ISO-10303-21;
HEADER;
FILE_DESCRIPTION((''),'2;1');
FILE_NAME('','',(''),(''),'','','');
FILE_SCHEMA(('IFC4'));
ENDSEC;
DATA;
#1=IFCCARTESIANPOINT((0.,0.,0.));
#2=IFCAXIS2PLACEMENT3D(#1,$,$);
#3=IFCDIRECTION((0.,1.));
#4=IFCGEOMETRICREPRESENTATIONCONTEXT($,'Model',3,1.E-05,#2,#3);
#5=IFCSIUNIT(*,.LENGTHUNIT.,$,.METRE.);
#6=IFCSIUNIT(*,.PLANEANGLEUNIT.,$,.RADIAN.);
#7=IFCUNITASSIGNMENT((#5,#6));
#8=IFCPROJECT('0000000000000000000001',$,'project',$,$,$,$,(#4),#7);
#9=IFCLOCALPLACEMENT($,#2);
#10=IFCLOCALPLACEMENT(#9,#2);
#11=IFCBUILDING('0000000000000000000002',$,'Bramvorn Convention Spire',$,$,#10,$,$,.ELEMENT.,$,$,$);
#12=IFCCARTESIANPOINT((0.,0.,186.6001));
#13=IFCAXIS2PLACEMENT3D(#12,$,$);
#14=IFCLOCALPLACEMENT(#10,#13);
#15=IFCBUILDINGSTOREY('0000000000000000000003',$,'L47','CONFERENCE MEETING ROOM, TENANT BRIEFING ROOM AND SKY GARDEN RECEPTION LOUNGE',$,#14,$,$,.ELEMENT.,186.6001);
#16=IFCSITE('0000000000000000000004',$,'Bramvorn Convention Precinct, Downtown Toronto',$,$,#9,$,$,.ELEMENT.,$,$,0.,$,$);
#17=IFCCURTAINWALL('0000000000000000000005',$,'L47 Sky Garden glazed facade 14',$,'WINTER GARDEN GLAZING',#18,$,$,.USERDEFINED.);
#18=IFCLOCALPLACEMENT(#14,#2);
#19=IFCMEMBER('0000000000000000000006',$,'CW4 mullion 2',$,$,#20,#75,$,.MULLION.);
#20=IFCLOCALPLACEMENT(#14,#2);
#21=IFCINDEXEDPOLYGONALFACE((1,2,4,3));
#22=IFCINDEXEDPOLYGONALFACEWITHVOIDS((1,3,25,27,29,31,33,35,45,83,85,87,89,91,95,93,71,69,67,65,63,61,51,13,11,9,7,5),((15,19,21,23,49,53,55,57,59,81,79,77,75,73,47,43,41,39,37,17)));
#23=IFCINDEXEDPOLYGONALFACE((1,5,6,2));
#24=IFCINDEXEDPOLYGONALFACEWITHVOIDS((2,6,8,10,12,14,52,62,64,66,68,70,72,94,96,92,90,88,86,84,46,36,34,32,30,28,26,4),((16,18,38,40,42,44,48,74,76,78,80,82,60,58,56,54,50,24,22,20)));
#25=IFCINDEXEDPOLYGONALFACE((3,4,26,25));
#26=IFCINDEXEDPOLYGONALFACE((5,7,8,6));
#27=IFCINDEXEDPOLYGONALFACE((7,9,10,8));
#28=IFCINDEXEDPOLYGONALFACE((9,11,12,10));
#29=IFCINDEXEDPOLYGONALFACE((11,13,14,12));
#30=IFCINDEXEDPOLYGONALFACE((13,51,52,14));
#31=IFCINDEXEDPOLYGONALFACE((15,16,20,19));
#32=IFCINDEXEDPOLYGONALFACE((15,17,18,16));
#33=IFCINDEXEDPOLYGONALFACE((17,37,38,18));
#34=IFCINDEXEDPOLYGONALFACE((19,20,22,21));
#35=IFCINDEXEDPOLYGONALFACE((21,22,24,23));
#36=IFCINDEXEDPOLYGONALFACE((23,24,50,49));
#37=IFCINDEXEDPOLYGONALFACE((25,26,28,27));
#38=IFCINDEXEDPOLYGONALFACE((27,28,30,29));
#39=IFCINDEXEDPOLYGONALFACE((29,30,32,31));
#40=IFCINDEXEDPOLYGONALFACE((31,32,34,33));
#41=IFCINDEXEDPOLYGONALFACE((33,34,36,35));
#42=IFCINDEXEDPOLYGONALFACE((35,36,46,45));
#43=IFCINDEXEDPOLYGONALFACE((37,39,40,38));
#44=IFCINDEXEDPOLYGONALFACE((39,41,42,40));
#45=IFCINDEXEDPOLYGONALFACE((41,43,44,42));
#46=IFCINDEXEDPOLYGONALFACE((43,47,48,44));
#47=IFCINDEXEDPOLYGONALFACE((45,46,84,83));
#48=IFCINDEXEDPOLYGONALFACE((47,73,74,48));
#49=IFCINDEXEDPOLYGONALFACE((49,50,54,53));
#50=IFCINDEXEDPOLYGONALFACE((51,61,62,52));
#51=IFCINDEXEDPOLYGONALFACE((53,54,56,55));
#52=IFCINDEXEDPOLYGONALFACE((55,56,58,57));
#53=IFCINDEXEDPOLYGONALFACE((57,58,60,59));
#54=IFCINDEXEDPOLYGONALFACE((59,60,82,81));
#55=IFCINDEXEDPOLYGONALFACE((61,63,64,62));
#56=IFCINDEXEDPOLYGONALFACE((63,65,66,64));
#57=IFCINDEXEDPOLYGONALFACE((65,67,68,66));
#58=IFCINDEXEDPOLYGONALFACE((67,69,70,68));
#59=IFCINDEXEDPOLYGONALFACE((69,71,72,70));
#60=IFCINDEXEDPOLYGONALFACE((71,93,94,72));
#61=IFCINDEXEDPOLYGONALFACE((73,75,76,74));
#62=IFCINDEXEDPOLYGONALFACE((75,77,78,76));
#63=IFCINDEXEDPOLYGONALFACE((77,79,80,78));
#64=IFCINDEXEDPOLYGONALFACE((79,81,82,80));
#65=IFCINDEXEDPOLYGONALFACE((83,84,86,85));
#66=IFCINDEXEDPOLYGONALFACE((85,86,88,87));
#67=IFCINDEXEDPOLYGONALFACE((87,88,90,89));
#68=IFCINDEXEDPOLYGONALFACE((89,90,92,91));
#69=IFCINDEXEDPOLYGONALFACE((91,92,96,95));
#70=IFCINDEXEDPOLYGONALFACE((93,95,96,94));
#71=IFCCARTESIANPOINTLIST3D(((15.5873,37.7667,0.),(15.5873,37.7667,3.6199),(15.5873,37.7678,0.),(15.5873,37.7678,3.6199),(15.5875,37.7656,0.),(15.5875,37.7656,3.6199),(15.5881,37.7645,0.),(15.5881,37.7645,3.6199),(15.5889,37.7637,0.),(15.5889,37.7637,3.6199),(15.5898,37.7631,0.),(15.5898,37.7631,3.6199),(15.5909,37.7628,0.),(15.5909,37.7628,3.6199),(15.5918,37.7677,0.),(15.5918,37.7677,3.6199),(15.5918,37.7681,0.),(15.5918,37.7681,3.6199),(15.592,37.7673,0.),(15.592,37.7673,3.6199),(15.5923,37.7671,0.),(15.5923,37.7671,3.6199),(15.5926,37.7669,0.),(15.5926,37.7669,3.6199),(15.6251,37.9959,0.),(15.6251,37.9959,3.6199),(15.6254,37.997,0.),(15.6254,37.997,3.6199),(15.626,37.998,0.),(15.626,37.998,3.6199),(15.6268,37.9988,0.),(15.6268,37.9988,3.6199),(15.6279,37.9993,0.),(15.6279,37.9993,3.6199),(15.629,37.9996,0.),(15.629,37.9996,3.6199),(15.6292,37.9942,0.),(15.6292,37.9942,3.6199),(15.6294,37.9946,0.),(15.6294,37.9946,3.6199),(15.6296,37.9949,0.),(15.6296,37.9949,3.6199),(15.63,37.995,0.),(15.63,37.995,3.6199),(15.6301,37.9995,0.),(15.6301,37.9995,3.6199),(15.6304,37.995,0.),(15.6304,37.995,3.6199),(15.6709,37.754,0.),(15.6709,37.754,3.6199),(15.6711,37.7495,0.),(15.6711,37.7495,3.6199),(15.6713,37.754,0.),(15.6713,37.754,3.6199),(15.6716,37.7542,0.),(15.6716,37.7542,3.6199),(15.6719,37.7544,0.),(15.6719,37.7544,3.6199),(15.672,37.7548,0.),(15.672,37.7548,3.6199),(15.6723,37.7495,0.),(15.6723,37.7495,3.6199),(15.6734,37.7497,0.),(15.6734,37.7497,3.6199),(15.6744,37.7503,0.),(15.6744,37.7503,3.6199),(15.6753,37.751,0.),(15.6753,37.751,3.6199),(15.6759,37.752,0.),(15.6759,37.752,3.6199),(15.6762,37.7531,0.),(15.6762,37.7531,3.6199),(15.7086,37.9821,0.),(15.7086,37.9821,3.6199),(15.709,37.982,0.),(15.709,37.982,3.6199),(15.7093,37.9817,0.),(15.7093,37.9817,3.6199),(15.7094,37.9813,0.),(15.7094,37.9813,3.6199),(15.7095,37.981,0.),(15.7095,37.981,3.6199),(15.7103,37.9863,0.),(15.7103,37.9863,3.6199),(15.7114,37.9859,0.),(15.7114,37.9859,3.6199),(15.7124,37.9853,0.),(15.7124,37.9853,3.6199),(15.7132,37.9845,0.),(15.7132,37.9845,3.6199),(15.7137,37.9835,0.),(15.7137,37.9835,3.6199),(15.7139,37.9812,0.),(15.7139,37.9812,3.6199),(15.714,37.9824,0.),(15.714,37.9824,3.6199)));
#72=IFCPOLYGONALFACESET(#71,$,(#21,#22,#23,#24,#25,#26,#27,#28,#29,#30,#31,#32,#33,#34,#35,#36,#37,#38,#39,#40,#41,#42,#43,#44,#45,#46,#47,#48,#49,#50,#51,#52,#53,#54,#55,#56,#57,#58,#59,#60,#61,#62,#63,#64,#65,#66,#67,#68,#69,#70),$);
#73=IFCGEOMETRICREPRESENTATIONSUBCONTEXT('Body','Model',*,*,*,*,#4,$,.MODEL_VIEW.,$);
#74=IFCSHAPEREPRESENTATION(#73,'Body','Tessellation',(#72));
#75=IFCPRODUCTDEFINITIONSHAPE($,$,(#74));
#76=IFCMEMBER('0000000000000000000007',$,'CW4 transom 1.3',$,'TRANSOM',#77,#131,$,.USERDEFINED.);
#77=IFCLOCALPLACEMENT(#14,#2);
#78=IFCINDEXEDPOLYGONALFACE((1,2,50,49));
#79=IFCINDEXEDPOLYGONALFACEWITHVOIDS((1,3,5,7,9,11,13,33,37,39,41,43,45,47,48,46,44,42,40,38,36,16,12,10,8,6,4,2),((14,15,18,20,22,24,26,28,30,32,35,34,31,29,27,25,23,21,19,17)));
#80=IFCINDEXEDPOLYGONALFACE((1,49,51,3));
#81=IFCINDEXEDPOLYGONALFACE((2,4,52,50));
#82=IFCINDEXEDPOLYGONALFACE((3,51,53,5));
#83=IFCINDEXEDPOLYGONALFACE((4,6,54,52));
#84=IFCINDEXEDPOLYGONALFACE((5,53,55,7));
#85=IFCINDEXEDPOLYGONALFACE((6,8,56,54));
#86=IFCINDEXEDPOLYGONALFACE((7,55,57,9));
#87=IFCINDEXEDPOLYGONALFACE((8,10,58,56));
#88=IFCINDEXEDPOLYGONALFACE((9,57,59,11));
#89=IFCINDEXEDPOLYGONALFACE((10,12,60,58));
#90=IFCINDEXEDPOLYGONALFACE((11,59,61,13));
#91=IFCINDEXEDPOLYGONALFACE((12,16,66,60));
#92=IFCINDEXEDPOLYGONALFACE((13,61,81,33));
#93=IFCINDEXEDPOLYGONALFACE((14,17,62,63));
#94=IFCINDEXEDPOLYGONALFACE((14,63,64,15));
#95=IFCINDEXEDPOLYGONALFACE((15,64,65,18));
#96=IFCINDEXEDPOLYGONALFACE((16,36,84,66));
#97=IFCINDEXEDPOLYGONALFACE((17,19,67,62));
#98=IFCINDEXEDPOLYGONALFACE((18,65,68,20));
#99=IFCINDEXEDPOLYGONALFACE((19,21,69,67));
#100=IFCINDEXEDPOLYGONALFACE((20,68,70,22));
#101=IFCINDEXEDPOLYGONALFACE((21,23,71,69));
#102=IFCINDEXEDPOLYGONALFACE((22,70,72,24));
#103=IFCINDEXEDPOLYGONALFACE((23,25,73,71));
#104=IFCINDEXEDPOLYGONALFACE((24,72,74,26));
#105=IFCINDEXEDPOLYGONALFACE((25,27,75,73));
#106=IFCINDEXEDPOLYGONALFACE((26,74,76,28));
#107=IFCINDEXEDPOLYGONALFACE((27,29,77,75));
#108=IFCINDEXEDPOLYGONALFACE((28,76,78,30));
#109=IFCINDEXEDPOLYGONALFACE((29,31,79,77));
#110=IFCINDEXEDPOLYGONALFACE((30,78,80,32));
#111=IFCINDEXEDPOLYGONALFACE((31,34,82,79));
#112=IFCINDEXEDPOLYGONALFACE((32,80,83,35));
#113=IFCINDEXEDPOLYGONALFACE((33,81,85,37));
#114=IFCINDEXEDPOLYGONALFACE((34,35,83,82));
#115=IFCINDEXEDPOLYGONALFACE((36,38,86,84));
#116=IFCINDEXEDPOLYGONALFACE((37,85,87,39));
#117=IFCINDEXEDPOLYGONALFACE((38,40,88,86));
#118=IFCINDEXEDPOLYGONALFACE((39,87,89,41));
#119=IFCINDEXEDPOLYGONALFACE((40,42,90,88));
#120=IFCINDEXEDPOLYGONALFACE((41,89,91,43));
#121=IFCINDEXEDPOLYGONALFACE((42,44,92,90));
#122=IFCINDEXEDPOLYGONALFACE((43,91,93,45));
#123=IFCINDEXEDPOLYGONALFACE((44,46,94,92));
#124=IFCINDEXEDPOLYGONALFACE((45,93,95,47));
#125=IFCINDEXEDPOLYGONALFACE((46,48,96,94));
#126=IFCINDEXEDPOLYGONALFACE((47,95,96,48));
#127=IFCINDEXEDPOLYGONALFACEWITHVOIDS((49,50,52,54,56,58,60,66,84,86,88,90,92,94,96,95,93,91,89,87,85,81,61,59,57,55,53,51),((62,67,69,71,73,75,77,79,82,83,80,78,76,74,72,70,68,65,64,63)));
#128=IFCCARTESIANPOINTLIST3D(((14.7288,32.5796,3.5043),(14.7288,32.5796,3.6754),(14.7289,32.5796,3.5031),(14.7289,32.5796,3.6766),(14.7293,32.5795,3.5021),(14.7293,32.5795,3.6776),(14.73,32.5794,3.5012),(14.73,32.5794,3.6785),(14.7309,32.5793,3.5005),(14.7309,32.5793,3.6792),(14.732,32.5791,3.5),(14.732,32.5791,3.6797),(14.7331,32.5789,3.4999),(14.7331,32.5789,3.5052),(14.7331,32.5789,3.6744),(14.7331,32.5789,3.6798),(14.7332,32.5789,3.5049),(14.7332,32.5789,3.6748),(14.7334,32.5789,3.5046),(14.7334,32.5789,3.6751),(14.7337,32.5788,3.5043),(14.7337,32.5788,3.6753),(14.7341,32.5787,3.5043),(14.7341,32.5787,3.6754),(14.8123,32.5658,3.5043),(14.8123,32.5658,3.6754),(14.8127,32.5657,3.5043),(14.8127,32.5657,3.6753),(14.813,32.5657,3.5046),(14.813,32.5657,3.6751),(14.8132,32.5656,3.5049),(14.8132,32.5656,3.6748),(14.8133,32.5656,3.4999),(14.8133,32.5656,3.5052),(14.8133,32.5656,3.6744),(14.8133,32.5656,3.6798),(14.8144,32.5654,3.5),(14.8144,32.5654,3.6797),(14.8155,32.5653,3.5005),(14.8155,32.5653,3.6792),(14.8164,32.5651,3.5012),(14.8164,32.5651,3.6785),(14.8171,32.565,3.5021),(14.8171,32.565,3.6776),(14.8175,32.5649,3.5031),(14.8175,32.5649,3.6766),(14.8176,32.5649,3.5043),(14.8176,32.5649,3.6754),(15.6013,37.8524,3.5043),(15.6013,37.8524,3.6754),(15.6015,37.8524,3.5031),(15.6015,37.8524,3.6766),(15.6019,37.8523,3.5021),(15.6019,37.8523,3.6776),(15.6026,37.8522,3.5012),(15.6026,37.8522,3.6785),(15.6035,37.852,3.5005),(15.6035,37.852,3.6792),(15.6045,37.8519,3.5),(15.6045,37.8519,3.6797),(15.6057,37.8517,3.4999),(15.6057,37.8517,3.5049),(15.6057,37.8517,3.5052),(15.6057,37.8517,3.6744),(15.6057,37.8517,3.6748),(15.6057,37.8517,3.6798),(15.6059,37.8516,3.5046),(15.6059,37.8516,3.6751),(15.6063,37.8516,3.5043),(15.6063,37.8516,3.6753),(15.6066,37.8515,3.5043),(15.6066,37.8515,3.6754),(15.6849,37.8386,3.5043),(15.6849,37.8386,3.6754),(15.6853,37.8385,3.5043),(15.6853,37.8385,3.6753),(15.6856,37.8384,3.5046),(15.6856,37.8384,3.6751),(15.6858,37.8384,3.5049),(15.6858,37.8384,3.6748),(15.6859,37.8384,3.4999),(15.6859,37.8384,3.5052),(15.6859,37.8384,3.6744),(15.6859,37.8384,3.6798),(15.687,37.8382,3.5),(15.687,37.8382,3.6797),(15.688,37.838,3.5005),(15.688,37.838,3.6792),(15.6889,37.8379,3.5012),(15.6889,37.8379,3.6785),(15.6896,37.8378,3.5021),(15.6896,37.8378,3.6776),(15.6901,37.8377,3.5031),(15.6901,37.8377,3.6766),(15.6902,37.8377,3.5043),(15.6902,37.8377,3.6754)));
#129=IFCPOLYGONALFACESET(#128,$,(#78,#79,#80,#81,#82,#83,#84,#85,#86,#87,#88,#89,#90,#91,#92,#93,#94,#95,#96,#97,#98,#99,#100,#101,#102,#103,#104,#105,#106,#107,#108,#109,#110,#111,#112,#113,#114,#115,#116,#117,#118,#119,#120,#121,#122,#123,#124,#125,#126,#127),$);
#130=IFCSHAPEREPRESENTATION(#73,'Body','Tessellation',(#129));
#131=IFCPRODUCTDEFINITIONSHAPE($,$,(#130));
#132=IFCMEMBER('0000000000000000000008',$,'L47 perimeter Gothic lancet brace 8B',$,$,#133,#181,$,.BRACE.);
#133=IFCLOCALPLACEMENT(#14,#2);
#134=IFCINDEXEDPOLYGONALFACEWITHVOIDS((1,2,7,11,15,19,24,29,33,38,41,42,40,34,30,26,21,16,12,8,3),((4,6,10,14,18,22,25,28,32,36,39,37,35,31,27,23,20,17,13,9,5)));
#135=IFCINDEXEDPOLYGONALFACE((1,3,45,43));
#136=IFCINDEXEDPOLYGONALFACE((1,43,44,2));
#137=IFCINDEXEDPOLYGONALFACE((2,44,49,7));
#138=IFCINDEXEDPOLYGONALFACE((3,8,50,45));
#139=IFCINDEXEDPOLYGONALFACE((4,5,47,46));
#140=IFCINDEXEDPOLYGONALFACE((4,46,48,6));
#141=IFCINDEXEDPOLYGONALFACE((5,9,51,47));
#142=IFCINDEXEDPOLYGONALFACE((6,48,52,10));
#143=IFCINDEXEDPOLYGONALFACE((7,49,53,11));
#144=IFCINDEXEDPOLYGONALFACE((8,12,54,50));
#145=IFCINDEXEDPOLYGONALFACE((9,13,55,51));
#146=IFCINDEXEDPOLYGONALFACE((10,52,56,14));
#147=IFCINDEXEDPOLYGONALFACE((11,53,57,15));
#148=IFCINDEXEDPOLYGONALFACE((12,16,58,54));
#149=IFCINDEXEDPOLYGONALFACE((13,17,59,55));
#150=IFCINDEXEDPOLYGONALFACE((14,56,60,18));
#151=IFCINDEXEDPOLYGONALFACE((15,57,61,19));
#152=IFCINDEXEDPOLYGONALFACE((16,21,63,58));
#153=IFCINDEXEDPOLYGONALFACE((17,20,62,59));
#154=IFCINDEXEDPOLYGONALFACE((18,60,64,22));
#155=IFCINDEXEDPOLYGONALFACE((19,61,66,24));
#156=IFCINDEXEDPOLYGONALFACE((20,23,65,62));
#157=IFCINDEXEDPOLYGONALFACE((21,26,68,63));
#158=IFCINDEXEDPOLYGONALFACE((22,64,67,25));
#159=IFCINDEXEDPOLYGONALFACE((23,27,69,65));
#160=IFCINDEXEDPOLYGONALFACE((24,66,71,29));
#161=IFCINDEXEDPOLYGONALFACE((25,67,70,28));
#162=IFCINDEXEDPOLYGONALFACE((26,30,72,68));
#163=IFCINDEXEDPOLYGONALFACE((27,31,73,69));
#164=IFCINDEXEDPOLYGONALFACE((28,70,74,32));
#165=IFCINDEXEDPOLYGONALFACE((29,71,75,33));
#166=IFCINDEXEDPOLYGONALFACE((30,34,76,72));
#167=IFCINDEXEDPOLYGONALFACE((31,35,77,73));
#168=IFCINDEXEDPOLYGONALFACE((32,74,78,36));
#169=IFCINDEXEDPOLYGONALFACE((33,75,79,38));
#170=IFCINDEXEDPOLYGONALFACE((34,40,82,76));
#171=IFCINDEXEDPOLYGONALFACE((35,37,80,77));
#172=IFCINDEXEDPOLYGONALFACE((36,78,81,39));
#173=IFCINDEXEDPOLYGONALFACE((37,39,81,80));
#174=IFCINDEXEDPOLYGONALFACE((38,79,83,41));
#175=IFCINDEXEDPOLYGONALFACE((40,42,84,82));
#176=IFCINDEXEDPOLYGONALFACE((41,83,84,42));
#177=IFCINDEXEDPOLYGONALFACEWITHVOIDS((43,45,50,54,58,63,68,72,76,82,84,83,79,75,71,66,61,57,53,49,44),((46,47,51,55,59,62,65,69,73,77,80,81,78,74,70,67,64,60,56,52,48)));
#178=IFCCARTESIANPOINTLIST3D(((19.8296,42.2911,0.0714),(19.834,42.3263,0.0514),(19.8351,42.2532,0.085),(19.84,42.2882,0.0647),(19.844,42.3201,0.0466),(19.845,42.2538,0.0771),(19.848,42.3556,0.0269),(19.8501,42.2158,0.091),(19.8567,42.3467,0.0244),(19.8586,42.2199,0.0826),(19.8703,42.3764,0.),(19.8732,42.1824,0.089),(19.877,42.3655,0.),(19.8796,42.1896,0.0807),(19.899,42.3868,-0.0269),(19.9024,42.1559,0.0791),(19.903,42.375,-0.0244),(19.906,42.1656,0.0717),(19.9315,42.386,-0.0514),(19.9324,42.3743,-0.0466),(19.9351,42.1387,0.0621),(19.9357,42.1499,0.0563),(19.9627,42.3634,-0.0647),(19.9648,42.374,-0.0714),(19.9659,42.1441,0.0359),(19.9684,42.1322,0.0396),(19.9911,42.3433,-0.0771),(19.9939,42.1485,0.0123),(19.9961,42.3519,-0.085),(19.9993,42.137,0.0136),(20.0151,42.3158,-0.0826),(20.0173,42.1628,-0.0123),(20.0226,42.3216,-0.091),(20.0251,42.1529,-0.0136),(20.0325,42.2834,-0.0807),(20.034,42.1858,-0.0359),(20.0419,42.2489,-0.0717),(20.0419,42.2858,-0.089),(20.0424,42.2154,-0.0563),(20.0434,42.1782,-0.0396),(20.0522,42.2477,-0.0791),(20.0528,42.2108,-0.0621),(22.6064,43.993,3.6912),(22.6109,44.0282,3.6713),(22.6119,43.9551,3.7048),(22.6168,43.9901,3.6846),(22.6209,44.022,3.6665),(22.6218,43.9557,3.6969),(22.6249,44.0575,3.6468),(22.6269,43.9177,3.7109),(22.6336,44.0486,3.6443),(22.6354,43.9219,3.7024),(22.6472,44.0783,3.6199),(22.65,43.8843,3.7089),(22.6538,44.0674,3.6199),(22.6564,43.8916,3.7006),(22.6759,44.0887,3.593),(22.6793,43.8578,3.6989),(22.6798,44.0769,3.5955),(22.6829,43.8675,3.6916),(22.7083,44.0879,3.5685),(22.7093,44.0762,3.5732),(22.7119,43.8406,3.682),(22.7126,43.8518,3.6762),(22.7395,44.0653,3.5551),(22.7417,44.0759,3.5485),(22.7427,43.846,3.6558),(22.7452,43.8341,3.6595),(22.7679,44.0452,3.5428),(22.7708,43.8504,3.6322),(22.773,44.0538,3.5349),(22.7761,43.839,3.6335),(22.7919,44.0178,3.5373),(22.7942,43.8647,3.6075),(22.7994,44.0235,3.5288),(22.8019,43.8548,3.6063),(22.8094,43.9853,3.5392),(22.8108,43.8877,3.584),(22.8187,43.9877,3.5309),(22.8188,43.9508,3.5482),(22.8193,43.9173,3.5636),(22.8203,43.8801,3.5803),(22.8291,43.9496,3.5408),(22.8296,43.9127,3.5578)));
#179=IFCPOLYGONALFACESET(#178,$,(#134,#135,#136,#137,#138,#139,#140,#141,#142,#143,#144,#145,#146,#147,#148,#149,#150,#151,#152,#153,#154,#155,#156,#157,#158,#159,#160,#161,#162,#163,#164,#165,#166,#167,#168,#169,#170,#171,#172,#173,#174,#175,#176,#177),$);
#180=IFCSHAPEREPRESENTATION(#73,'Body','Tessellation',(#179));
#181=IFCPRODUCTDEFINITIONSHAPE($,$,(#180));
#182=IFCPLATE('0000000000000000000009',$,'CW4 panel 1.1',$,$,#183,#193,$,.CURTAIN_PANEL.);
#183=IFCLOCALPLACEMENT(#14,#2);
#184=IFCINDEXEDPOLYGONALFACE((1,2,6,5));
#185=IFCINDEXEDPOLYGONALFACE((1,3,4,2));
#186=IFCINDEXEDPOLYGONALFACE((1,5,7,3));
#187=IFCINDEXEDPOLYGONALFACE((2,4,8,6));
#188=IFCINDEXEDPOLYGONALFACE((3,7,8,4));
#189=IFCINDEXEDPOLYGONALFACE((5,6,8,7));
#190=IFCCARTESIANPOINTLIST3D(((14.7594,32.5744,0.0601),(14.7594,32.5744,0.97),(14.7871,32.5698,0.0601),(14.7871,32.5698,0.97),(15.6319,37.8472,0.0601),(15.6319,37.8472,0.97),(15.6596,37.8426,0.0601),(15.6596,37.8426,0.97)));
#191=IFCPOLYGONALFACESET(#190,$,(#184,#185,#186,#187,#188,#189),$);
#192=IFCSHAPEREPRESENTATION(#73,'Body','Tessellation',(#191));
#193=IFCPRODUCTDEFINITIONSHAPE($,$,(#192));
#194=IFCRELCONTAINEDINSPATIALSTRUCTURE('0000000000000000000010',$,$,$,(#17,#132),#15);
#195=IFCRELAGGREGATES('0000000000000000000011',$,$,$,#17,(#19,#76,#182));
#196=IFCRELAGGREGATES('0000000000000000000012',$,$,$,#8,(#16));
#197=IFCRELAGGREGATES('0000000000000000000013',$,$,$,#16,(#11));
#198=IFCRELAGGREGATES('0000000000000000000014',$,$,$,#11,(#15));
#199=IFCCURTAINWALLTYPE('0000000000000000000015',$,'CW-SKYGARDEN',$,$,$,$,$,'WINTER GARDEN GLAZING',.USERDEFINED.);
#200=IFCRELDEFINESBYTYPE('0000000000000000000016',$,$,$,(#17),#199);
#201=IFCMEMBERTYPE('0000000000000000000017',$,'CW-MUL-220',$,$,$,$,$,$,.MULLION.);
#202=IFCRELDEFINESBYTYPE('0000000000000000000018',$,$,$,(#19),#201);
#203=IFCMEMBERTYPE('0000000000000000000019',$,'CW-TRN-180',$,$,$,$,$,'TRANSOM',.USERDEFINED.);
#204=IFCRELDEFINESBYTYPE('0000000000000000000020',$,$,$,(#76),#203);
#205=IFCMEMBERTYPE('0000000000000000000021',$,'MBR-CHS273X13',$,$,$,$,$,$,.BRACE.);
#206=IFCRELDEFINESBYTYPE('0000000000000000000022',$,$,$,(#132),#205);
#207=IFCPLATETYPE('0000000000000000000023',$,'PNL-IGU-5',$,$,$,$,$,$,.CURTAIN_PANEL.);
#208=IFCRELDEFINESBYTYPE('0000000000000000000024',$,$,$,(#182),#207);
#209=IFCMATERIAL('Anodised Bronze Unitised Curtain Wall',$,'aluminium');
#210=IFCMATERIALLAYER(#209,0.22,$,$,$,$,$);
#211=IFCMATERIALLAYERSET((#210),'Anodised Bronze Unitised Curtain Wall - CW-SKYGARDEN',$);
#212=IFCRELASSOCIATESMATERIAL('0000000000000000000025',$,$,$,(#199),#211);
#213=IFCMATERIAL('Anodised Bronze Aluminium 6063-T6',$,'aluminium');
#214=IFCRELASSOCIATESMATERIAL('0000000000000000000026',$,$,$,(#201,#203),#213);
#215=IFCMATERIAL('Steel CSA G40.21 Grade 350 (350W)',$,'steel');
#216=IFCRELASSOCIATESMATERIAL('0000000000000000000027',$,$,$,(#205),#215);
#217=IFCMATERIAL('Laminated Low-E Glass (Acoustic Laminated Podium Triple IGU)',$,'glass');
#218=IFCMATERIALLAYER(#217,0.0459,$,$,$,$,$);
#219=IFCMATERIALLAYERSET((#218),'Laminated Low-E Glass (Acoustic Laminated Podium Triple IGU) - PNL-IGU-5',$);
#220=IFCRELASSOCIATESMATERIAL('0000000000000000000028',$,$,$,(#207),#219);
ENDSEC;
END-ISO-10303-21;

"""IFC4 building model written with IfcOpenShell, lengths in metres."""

from ifc_helpers import new_model, si_unit, direction, frame, origin, origin_2d, place, context, subcontext, project, spatial, rectangle, hollow_rectangle, hollow_circle, extrude, material, layer, layer_set, material_profile, profile_set, type_object, element, aggregate, save


model = new_model("IFC4")

# Units and contexts
model_context = context("Model", 3, precision=1e-05, world=origin(), true_north=direction((0.0, 1.0)))
body_context = subcontext(model_context, "Body", "Model", "MODEL_VIEW")
ifc_project = project(units=[si_unit("LENGTHUNIT", "METRE"), si_unit("PLANEANGLEUNIT", "RADIAN")], contexts=[model_context])

# Site, building, storey
site_placement = place(None, origin())
site = spatial("IfcSite", under=ifc_project, at=site_placement, Name="Bramvorn Convention Precinct, Downtown Toronto", CompositionType="ELEMENT", RefElevation=0.0)
building_placement = place(site_placement, origin())
building = spatial("IfcBuilding", under=site, at=building_placement, Name="Bramvorn Convention Spire", CompositionType="ELEMENT")
storey_placement = place(building_placement, frame((0.0, 0.0, 186.6001)))
storey = spatial("IfcBuildingStorey", under=building, at=storey_placement, Name="L47", Description="CONFERENCE MEETING ROOM, TENANT BRIEFING ROOM AND SKY GARDEN RECEPTION LOUNGE", CompositionType="ELEMENT", Elevation=186.6001)

# Shared definitions
ifc_material_1 = material(Name="Steel CSA G40.21 Grade 350 (350W)", Category="steel")

# Curtain wall, members
ifc_material_2 = material(Name="Anodised Bronze Unitised Curtain Wall", Category="aluminium")
ifc_layer_1 = layer(ifc_material_2, 0.22)
ifc_layer_set_1 = layer_set([ifc_layer_1], Name="Anodised Bronze Unitised Curtain Wall - CW-SKYGARDEN")
curtain_wall_type = type_object("IfcCurtainWallType", Name="CW-SKYGARDEN", ElementType="WINTER GARDEN GLAZING", PredefinedType="USERDEFINED", material=ifc_layer_set_1)
curtain_wall_placement = place(storey_placement, origin())
curtain_wall = element("IfcCurtainWall", 1, at=curtain_wall_placement, inside=storey, type_object=curtain_wall_type, Name="L47 Sky Garden glazed facade 14", ObjectType="WINTER GARDEN GLAZING", PredefinedType="USERDEFINED")
ifc_material_3 = material(Name="Anodised Bronze Aluminium 6063-T6", Category="aluminium")
ifc_material_profile_1 = material_profile(ifc_material_3, hollow_rectangle(XDim=0.0901, YDim=0.24, WallThickness=0.0044, InnerFilletRadius=0.001, OuterFilletRadius=0.0044, at=origin_2d()))
ifc_profile_set_1 = profile_set([ifc_material_profile_1], Name="Anodised Bronze Aluminium 6063-T6 - CWM90X240")
member_type_1 = type_object("IfcMemberType", Name="CW-MUL-220", PredefinedType="MULLION", material=ifc_profile_set_1)
member_1_placement = place(storey_placement, frame((15.6506, 37.8745, 0.0), z_axis=(0.0, 0.0, 1.0), x_axis=(-0.986584, 0.163253, 0.0)))
member_1 = element("IfcMember", 2, at=member_1_placement, type_object=member_type_1, Name="CW4 mullion 2", PredefinedType="MULLION", context=body_context, shape_type="SweptSolid", body=[
    extrude(hollow_rectangle(XDim=0.0901, YDim=0.24, WallThickness=0.0044, InnerFilletRadius=0.001, OuterFilletRadius=0.0044, at=origin_2d()), origin(), (0.0, 0.0, 1.0), 3.6199),
])
ifc_material_profile_2 = material_profile(ifc_material_3, hollow_rectangle(XDim=0.0901, YDim=0.1799, WallThickness=0.0044, InnerFilletRadius=0.001, OuterFilletRadius=0.0044, at=origin_2d()))
ifc_profile_set_2 = profile_set([ifc_material_profile_2], Name="Anodised Bronze Aluminium 6063-T6 - CWT90X180")
member_type_2 = type_object("IfcMemberType", Name="CW-TRN-180", ElementType="TRANSOM", PredefinedType="USERDEFINED", material=ifc_profile_set_2)
member_2_placement = place(storey_placement, frame((14.7732, 32.5723, 3.5898), z_axis=(0.163265, 0.986582, 0.0), x_axis=(-0.986582, 0.163265, 0.0)))
member_2 = element("IfcMember", 3, at=member_2_placement, type_object=member_type_2, Name="CW4 transom 1.3", ObjectType="TRANSOM", PredefinedType="USERDEFINED", context=body_context, shape_type="SweptSolid", body=[
    extrude(hollow_rectangle(XDim=0.0901, YDim=0.1799, WallThickness=0.0044, InnerFilletRadius=0.001, OuterFilletRadius=0.0044, at=origin_2d()), origin(), (0.0, 0.0, 1.0), 5.3445),
])

# Member
ifc_material_profile_3 = material_profile(ifc_material_1, hollow_circle(Radius=0.1365, WallThickness=0.0127, at=origin_2d()))
ifc_profile_set_3 = profile_set([ifc_material_profile_3], Name="Steel CSA G40.21 Grade 350 (350W) - CHS273X13")
member_type_3 = type_object("IfcMemberType", Name="MBR-CHS273X13", PredefinedType="BRACE", material=ifc_profile_set_3)
member_3_placement = place(storey_placement, frame((19.9417, 42.26, 0.0), z_axis=(0.570269, 0.349511, 0.743395), x_axis=(-0.522553, 0.852607, 0.0)))
element("IfcMember", 4, at=member_3_placement, inside=storey, type_object=member_type_3, Name="L47 perimeter Gothic lancet brace 8B", PredefinedType="BRACE", context=body_context, shape_type="SweptSolid", body=[
    extrude(hollow_circle(Radius=0.1365, WallThickness=0.0127, at=origin_2d()), origin(), (0.0, 0.0, 1.0), 4.8694),
])

# Plate
ifc_material_4 = material(Name="Laminated Low-E Glass (Acoustic Laminated Podium Triple IGU)", Category="glass")
ifc_layer_2 = layer(ifc_material_4, 0.0459)
ifc_layer_set_2 = layer_set([ifc_layer_2], Name="Laminated Low-E Glass (Acoustic Laminated Podium Triple IGU) - PNL-IGU-5")
plate_type = type_object("IfcPlateType", Name="PNL-IGU-5", PredefinedType="CURTAIN_PANEL", material=ifc_layer_set_2)
plate_1_placement = place(storey_placement, frame((15.2095, 35.2085, 0.0601), z_axis=(0.0, 0.0, 1.0), x_axis=(0.163253, 0.986584, 0.0)))
plate_1 = element("IfcPlate", 5, at=plate_1_placement, type_object=plate_type, Name="CW4 panel 1.1", PredefinedType="CURTAIN_PANEL", context=body_context, shape_type="SweptSolid", body=[
    extrude(rectangle(XDim=5.3445, YDim=0.0281, at=origin_2d()), origin(), (0.0, 0.0, 1.0), 0.9099),
])
aggregate(curtain_wall, [member_1, member_2, plate_1])

save(model, "model.ifc")
